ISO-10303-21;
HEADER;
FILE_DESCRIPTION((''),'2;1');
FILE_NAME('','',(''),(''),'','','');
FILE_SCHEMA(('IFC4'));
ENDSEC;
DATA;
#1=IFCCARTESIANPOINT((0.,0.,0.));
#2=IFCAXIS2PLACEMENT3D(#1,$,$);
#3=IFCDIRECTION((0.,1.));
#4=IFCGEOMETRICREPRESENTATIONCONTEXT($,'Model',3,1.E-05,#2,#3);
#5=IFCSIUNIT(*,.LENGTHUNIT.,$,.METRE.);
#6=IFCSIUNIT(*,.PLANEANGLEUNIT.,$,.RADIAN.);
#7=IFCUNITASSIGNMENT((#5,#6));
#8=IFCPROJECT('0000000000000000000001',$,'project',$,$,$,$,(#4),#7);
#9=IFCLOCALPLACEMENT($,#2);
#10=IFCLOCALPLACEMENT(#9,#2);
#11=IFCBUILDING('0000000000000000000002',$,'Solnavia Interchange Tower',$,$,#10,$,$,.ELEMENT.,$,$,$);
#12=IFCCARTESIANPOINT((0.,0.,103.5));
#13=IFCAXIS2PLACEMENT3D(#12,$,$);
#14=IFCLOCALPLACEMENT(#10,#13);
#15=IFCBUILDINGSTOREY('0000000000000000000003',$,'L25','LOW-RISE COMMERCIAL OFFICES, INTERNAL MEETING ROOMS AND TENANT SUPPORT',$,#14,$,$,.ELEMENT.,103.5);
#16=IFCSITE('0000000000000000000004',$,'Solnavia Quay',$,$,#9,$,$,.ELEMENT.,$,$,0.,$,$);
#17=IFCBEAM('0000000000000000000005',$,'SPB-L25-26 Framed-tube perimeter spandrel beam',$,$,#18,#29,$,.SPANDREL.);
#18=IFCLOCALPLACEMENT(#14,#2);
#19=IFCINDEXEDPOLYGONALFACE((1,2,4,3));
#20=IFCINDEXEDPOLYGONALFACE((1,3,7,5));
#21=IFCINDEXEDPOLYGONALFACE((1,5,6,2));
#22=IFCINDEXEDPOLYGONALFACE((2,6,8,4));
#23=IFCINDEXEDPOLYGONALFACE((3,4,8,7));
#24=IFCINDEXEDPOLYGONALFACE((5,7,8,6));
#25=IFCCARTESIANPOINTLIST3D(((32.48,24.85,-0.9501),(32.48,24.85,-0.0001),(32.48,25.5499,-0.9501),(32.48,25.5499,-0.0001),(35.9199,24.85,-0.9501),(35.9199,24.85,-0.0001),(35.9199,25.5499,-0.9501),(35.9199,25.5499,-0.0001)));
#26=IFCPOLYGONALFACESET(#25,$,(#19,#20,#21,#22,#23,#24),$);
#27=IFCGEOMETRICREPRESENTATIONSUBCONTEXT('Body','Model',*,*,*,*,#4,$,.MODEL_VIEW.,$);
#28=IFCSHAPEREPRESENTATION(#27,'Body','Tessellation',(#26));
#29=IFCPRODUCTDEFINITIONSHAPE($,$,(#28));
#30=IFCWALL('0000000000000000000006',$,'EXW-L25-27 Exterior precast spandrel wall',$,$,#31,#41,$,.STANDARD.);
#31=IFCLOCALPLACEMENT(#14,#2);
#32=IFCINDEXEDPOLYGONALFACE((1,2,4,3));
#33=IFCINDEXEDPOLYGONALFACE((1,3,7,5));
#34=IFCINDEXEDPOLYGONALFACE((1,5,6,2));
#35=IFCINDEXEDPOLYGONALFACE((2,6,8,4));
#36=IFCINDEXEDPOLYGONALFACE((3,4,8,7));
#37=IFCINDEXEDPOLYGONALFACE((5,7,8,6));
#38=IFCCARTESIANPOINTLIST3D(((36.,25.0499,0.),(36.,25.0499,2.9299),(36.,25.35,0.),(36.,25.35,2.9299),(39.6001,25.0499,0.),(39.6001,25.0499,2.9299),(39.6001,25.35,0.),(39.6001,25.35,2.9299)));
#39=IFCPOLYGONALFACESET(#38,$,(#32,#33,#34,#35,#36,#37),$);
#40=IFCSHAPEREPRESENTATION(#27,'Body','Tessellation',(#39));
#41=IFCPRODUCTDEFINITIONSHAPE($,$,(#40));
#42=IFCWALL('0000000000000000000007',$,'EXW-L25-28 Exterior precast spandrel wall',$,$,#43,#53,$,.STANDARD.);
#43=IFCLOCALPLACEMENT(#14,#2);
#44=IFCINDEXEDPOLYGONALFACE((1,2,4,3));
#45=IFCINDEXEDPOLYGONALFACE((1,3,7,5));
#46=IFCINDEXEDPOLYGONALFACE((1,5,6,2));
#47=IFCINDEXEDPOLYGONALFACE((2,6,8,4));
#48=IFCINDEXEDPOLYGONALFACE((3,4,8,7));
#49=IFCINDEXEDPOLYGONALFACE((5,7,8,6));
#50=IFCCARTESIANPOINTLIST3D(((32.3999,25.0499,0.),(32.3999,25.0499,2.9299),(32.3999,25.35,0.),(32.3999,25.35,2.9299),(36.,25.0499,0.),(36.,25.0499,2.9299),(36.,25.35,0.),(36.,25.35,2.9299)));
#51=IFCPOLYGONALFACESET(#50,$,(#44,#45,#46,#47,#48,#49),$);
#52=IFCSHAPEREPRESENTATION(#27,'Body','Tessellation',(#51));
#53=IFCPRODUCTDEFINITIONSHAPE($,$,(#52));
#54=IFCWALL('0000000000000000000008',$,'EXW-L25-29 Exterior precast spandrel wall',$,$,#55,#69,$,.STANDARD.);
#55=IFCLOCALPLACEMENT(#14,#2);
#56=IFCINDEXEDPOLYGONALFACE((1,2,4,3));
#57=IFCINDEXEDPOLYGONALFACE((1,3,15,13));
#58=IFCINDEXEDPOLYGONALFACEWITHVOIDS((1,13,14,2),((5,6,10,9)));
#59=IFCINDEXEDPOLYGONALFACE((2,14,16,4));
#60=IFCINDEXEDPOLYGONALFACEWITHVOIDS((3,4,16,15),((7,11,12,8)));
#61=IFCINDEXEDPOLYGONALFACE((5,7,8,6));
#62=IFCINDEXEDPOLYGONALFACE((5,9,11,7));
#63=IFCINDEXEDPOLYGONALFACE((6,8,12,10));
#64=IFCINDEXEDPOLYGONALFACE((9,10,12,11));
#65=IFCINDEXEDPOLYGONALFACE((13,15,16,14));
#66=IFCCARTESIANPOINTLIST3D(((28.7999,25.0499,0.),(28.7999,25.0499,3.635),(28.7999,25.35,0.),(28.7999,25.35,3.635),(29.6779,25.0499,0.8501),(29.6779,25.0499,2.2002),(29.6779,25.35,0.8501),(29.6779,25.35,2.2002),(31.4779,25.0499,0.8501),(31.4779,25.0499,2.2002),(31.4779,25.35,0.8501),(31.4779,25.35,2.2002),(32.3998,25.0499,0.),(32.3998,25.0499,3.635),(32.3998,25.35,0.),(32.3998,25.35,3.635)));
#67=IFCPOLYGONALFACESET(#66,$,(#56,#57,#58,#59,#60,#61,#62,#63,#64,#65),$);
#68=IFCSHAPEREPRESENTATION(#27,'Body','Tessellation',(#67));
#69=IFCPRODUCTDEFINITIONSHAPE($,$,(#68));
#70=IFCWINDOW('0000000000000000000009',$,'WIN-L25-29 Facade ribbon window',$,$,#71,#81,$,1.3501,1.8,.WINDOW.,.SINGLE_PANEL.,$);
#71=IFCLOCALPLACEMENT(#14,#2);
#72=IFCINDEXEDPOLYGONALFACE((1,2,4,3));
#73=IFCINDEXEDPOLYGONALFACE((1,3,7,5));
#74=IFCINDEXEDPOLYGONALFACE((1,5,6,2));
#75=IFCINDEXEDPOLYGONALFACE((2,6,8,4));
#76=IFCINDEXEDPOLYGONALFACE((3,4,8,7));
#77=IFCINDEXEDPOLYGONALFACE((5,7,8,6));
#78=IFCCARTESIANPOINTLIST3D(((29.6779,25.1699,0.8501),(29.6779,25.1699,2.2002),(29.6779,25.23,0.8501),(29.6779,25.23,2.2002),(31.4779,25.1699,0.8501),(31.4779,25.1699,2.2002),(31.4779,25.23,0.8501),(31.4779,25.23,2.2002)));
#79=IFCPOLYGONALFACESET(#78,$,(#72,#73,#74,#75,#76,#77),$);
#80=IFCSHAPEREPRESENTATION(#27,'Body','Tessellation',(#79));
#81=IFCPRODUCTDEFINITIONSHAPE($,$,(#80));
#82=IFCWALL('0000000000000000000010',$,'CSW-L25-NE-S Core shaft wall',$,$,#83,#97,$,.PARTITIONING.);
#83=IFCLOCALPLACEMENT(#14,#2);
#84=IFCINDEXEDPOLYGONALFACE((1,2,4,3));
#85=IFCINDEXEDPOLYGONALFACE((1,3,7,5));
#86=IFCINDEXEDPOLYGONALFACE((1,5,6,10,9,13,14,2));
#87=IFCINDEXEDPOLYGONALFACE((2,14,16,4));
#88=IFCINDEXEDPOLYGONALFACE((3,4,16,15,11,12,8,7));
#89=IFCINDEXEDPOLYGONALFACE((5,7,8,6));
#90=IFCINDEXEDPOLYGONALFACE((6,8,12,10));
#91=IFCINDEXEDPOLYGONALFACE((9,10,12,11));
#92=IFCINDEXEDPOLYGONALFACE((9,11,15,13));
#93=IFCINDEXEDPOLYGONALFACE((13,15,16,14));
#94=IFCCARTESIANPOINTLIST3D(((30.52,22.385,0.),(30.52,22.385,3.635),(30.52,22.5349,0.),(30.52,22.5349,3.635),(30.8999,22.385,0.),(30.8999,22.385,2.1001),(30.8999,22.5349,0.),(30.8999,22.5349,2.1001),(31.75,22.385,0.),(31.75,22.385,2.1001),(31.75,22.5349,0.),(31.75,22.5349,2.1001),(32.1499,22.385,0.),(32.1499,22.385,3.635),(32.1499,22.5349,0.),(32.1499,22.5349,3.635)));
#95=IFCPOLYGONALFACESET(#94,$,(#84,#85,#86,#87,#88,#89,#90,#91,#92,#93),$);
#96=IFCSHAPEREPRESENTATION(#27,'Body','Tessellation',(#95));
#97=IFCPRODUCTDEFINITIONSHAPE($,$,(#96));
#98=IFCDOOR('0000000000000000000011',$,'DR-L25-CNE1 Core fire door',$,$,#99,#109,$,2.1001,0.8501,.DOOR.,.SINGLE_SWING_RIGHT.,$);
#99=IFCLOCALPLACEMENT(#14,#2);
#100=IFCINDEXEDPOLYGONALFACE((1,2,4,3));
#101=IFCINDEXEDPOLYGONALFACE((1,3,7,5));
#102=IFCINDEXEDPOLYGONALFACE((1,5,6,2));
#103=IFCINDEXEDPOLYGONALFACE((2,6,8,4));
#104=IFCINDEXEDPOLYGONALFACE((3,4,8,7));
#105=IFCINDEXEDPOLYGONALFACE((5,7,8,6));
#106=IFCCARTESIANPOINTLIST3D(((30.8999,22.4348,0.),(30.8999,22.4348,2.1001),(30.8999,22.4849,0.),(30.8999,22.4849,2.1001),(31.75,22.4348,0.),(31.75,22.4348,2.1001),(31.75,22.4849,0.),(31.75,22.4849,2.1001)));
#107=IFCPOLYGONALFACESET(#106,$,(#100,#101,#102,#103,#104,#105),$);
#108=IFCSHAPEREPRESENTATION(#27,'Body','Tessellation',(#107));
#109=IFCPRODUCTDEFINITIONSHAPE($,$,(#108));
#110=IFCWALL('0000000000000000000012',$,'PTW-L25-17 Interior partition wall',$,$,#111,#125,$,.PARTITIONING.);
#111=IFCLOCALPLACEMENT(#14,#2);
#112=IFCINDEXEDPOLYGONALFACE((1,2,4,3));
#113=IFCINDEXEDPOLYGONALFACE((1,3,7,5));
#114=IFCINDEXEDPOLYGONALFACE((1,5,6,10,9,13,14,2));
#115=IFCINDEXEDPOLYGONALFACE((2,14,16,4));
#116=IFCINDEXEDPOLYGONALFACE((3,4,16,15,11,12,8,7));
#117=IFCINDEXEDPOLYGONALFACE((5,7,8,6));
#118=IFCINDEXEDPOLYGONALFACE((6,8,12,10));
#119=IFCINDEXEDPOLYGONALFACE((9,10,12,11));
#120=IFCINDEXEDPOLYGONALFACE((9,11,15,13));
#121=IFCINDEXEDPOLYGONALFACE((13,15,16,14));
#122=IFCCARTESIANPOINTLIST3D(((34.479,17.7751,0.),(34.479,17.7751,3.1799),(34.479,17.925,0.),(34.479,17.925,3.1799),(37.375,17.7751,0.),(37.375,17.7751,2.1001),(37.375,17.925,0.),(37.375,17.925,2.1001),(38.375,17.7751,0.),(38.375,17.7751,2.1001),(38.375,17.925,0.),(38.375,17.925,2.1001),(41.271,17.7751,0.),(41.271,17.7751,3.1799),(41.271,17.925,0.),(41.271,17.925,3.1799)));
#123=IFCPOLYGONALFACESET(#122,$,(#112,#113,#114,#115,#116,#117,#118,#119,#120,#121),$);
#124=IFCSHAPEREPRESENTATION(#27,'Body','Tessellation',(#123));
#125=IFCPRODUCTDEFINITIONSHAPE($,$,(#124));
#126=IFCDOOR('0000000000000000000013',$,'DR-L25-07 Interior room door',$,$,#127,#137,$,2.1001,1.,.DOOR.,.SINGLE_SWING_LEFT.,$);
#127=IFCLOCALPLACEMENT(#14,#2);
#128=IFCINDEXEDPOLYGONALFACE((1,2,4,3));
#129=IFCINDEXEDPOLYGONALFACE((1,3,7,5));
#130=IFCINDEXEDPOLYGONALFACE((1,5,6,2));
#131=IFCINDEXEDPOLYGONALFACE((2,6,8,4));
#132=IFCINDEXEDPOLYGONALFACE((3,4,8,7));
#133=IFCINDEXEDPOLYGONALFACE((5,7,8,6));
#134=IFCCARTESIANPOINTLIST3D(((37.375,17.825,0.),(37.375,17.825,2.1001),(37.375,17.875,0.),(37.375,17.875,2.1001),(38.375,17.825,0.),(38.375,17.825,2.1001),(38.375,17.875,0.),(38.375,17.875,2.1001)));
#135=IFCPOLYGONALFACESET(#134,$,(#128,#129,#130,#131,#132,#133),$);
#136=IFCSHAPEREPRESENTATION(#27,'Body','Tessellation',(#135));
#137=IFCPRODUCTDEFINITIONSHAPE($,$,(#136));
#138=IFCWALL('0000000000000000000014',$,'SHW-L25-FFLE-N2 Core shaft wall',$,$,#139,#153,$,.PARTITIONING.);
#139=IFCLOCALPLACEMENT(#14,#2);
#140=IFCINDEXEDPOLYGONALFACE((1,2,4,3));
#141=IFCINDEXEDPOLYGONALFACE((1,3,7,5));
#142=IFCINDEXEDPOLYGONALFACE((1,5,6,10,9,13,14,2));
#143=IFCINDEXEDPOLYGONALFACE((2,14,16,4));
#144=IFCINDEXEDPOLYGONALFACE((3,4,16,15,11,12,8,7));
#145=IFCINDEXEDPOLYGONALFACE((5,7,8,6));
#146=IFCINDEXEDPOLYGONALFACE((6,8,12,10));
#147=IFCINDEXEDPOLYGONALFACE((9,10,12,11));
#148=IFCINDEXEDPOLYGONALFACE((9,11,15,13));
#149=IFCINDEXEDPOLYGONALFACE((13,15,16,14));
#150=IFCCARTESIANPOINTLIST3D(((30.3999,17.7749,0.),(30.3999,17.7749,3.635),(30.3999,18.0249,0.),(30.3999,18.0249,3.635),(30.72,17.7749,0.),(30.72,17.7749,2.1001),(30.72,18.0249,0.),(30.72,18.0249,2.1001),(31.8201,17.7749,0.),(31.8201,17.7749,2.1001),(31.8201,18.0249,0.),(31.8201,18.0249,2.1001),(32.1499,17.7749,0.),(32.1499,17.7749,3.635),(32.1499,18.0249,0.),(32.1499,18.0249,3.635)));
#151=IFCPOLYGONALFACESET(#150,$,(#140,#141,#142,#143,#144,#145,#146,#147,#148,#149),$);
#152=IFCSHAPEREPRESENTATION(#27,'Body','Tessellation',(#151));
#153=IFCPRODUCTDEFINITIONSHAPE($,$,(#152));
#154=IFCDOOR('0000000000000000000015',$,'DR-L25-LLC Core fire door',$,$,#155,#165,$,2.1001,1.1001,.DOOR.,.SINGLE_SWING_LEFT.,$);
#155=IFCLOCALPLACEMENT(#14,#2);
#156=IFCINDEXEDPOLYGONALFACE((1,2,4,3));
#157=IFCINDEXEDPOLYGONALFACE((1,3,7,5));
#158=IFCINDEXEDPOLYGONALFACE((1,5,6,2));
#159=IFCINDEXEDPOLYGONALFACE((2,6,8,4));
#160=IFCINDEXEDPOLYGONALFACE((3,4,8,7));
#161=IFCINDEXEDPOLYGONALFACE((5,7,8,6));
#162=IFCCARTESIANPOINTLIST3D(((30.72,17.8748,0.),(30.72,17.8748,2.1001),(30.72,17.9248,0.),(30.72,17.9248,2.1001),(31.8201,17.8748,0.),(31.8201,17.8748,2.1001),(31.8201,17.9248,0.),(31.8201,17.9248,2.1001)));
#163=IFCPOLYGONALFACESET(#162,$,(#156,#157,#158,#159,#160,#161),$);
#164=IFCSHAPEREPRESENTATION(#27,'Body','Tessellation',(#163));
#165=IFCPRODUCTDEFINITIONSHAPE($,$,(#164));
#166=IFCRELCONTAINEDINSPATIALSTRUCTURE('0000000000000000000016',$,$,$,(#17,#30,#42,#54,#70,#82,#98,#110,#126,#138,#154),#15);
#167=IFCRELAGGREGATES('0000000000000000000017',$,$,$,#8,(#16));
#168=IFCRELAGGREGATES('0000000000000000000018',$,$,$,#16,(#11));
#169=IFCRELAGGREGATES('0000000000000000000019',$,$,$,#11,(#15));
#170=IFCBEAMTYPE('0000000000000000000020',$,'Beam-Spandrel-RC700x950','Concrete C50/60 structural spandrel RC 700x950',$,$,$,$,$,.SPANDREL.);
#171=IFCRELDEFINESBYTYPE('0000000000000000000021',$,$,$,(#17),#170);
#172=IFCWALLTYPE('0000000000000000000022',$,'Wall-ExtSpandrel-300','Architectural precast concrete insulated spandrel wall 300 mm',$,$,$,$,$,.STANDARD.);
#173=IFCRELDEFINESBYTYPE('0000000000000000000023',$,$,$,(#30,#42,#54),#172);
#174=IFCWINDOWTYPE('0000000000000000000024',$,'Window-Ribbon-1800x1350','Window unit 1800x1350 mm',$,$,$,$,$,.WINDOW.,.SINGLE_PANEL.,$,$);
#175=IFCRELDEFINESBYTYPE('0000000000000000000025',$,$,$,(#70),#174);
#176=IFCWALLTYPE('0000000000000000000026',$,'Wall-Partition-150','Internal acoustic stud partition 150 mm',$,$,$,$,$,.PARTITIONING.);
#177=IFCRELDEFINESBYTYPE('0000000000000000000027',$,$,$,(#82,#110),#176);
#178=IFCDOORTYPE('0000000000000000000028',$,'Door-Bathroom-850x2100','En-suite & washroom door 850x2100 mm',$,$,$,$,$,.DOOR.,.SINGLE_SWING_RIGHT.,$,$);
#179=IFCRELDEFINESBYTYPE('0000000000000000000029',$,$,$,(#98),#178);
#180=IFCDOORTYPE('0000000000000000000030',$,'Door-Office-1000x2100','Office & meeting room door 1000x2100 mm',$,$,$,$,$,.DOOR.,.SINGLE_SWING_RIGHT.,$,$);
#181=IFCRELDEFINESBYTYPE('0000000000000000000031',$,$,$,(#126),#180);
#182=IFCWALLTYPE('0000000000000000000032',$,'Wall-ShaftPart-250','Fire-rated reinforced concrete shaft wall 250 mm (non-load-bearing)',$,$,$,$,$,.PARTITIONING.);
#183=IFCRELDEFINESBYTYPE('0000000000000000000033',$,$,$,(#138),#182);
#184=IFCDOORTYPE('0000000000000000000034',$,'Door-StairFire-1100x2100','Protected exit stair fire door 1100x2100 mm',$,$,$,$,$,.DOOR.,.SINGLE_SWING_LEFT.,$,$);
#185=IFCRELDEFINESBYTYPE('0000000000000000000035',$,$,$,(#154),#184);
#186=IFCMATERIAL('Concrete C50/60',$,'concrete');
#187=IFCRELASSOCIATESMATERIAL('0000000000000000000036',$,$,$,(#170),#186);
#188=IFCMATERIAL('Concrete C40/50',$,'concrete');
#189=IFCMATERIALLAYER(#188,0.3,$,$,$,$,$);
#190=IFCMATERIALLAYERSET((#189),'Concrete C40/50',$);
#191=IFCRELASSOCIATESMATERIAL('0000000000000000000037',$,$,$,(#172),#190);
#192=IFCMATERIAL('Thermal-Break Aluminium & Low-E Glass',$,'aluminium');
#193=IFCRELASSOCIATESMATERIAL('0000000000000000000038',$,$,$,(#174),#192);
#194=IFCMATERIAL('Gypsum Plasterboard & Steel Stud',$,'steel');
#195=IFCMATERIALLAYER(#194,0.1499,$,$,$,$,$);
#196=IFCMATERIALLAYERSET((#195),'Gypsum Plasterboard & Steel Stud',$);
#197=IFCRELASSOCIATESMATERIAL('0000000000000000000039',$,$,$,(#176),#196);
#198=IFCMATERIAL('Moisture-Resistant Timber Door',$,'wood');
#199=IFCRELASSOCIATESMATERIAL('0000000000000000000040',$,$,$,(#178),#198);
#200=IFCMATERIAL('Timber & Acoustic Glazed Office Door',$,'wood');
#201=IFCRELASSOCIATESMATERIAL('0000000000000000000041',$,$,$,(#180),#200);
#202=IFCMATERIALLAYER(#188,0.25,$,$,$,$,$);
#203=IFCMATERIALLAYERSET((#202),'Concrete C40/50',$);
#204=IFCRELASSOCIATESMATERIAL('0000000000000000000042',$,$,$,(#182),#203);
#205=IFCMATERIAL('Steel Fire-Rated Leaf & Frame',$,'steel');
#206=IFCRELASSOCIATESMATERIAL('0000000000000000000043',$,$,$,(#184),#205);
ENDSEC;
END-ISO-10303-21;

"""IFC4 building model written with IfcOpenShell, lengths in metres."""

from ifc_helpers import new_model, si_unit, direction, frame, frame_2d, origin, origin_2d, place, context, subcontext, project, spatial, rectangle, extrude, material, layer, layer_set, material_profile, profile_set, type_object, element, fill, save


model = new_model("IFC4")

# Units and contexts
model_context = context("Model", 3, precision=1e-05, world=origin(), true_north=direction((0.0, 1.0)))
body_context = subcontext(model_context, "Body", "Model", "MODEL_VIEW")
ifc_project = project(units=[si_unit("LENGTHUNIT", "METRE"), si_unit("PLANEANGLEUNIT", "RADIAN")], contexts=[model_context])

# Site, building, storey
site_placement = place(None, origin())
site = spatial("IfcSite", under=ifc_project, at=site_placement, Name="Solnavia Quay", CompositionType="ELEMENT", RefElevation=0.0)
building_placement = place(site_placement, origin())
building = spatial("IfcBuilding", under=site, at=building_placement, Name="Solnavia Interchange Tower", CompositionType="ELEMENT")
storey_placement = place(building_placement, frame((0.0, 0.0, 103.5)))
storey = spatial("IfcBuildingStorey", under=building, at=storey_placement, Name="L25", Description="LOW-RISE COMMERCIAL OFFICES, INTERNAL MEETING ROOMS AND TENANT SUPPORT", CompositionType="ELEMENT", Elevation=103.5)

# Shared definitions
ifc_material_1 = material(Name="Concrete C50/60", Category="concrete")

# Beam
ifc_material_profile_1 = material_profile(ifc_material_1, rectangle(XDim=0.7, YDim=0.95, at=origin_2d()), Name="RC 700x950")
ifc_profile_set_1 = profile_set([ifc_material_profile_1], Name="Concrete C50/60")
beam_type_1 = type_object("IfcBeamType", Name="Beam-Spandrel-RC700x950", Description="Concrete C50/60 structural spandrel RC 700x950", PredefinedType="SPANDREL", material=ifc_profile_set_1)
beam_1_placement = place(storey_placement, frame((35.9199, 25.2, -0.4751), z_axis=(-1.0, 0.0, 0.0), x_axis=(0.0, -1.0, 0.0)))
element("IfcBeam", 1, at=beam_1_placement, inside=storey, type_object=beam_type_1, Name="SPB-L25-26 Framed-tube perimeter spandrel beam", PredefinedType="SPANDREL", context=body_context, shape_type="SweptSolid", body=[
    extrude(rectangle(XDim=0.7, YDim=0.95, at=origin_2d()), origin(), (0.0, 0.0, 1.0), 3.4399),
])

# Walls
ifc_material_2 = material(Name="Concrete C40/50", Category="concrete")
ifc_layer_1 = layer(ifc_material_2, 0.3)
ifc_layer_set_1 = layer_set([ifc_layer_1], Name="Concrete C40/50")
wall_type_1 = type_object("IfcWallType", Name="Wall-ExtSpandrel-300", Description="Architectural precast concrete insulated spandrel wall 300 mm", PredefinedType="STANDARD", material=ifc_layer_set_1)
for number, where, z_axis, x_axis, name in (
    (2, (36.0, 25.2, 0.0), (0.0, 0.0, 1.0), (1.0, 0.0, 0.0), "EXW-L25-27 Exterior precast spandrel wall"),
    (3, (32.3999, 25.2, 0.0), (0.0, 0.0, 1.0), (1.0, 0.0, 0.0), "EXW-L25-28 Exterior precast spandrel wall"),
):
    element("IfcWall", number, at=place(storey_placement, frame(where, z_axis=z_axis, x_axis=x_axis)), inside=storey, type_object=wall_type_1, Name=name, PredefinedType="STANDARD", context=body_context, shape_type="SweptSolid", body=[
        extrude(rectangle(XDim=3.6001, YDim=0.3, at=frame_2d((1.8, 0.0))), origin(), (0.0, 0.0, 1.0), 2.9299),
    ])

# Wall, opening, window
wall_1_placement = place(storey_placement, frame((28.8, 25.2, 0.0), z_axis=(0.0, 0.0, 1.0), x_axis=(1.0, 0.0, 0.0)))
wall_1 = element("IfcWall", 4, at=wall_1_placement, inside=storey, type_object=wall_type_1, Name="EXW-L25-29 Exterior precast spandrel wall", PredefinedType="STANDARD", context=body_context, shape_type="SweptSolid", body=[
    extrude(rectangle(XDim=3.5999, YDim=0.3, at=frame_2d((1.7998, 0.0))), origin(), (0.0, 0.0, 1.0), 3.635),
])
opening_1_placement = place(wall_1_placement, frame((0.8779, 0.0, 0.8501)))
opening_1 = element("IfcOpeningElement", 5, at=opening_1_placement, cuts=wall_1, PredefinedType="OPENING", context=body_context, shape_type="SweptSolid", body=[
    extrude(rectangle(XDim=1.8, YDim=1.3501, at=frame_2d((0.8999, 0.675))), frame((0.0, 0.1602, 0.0), z_axis=(0.0, -1.0, 0.0), x_axis=(1.0, 0.0, 0.0)), (0.0, 0.0, 1.0), 0.3201),
])
ifc_material_3 = material(Name="Thermal-Break Aluminium & Low-E Glass", Category="aluminium")
window_type = type_object("IfcWindowType", Name="Window-Ribbon-1800x1350", Description="Window unit 1800x1350 mm", PartitioningType="SINGLE_PANEL", PredefinedType="WINDOW", material=ifc_material_3)
window_placement = place(opening_1_placement, origin())
window = element("IfcWindow", 6, at=window_placement, inside=storey, type_object=window_type, Name="WIN-L25-29 Facade ribbon window", OverallHeight=1.3501, OverallWidth=1.8, PartitioningType="SINGLE_PANEL", PredefinedType="WINDOW", context=body_context, shape_type="SweptSolid", body=[
    extrude(rectangle(XDim=1.8, YDim=1.3501, at=frame_2d((0.8999, 0.675))), frame((0.0, 0.03, 0.0), z_axis=(0.0, -1.0, 0.0), x_axis=(1.0, 0.0, 0.0)), (0.0, 0.0, 1.0), 0.0601),
])
fill(opening_1, window)

# Walls, openings, doors
ifc_material_4 = material(Name="Gypsum Plasterboard & Steel Stud", Category="steel")
ifc_layer_2 = layer(ifc_material_4, 0.1499)
ifc_layer_set_2 = layer_set([ifc_layer_2], Name="Gypsum Plasterboard & Steel Stud")
wall_type_2 = type_object("IfcWallType", Name="Wall-Partition-150", Description="Internal acoustic stud partition 150 mm", PredefinedType="PARTITIONING", material=ifc_layer_set_2)
wall_2_placement = place(storey_placement, frame((30.52, 22.46, 0.0), z_axis=(0.0, 0.0, 1.0), x_axis=(1.0, 0.0, 0.0)))
wall_2 = element("IfcWall", 7, at=wall_2_placement, inside=storey, type_object=wall_type_2, Name="CSW-L25-NE-S Core shaft wall", PredefinedType="PARTITIONING", context=body_context, shape_type="SweptSolid", body=[
    extrude(rectangle(XDim=1.6299, YDim=0.1499, at=frame_2d((0.8149, 0.0))), origin(), (0.0, 0.0, 1.0), 3.635),
])
opening_2_placement = place(wall_2_placement, frame((0.3799, 0.0, 0.0)))
opening_2 = element("IfcOpeningElement", 8, at=opening_2_placement, cuts=wall_2, PredefinedType="OPENING", context=body_context, shape_type="SweptSolid", body=[
    extrude(rectangle(XDim=0.8501, YDim=2.1001, at=frame_2d((0.425, 1.05))), frame((0.0, 0.085, 0.0), z_axis=(0.0, -1.0, 0.0), x_axis=(1.0, 0.0, 0.0)), (0.0, 0.0, 1.0), 0.1699),
])
ifc_material_5 = material(Name="Moisture-Resistant Timber Door", Category="wood")
door_type_1 = type_object("IfcDoorType", Name="Door-Bathroom-850x2100", Description="En-suite & washroom door 850x2100 mm", OperationType="SINGLE_SWING_RIGHT", PredefinedType="DOOR", material=ifc_material_5)
door_1_placement = place(opening_2_placement, origin())
door_1 = element("IfcDoor", 9, at=door_1_placement, inside=storey, type_object=door_type_1, Name="DR-L25-CNE1 Core fire door", OperationType="SINGLE_SWING_RIGHT", OverallHeight=2.1001, OverallWidth=0.8501, PredefinedType="DOOR", context=body_context, shape_type="SweptSolid", body=[
    extrude(rectangle(XDim=0.8501, YDim=2.1001, at=frame_2d((0.425, 1.05))), frame((0.0, 0.0249, 0.0), z_axis=(0.0, -1.0, 0.0), x_axis=(1.0, 0.0, 0.0)), (0.0, 0.0, 1.0), 0.05),
])
fill(opening_2, door_1)
wall_3_placement = place(storey_placement, frame((34.479, 17.8501, 0.0), z_axis=(0.0, 0.0, 1.0), x_axis=(1.0, 0.0, 0.0)))
wall_3 = element("IfcWall", 10, at=wall_3_placement, inside=storey, type_object=wall_type_2, Name="PTW-L25-17 Interior partition wall", PredefinedType="PARTITIONING", context=body_context, shape_type="SweptSolid", body=[
    extrude(rectangle(XDim=6.792, YDim=0.1499, at=frame_2d((3.396, 0.0))), origin(), (0.0, 0.0, 1.0), 3.1799),
])
opening_3_placement = place(wall_3_placement, frame((2.896, 0.0, 0.0)))
opening_3 = element("IfcOpeningElement", 11, at=opening_3_placement, cuts=wall_3, PredefinedType="OPENING", context=body_context, shape_type="SweptSolid", body=[
    extrude(rectangle(XDim=1.0, YDim=2.1001, at=frame_2d((0.5, 1.05))), frame((0.0, 0.085, 0.0), z_axis=(0.0, -1.0, 0.0), x_axis=(1.0, 0.0, 0.0)), (0.0, 0.0, 1.0), 0.1699),
])
ifc_material_6 = material(Name="Timber & Acoustic Glazed Office Door", Category="wood")
door_type_2 = type_object("IfcDoorType", Name="Door-Office-1000x2100", Description="Office & meeting room door 1000x2100 mm", OperationType="SINGLE_SWING_RIGHT", PredefinedType="DOOR", material=ifc_material_6)
door_2_placement = place(opening_3_placement, origin())
door_2 = element("IfcDoor", 12, at=door_2_placement, inside=storey, type_object=door_type_2, Name="DR-L25-07 Interior room door", OperationType="SINGLE_SWING_LEFT", OverallHeight=2.1001, OverallWidth=1.0, PredefinedType="DOOR", context=body_context, shape_type="SweptSolid", body=[
    extrude(rectangle(XDim=1.0, YDim=2.1001, at=frame_2d((0.5, 1.05))), frame((0.0, 0.0249, 0.0), z_axis=(0.0, -1.0, 0.0), x_axis=(1.0, 0.0, 0.0)), (0.0, 0.0, 1.0), 0.05),
])
fill(opening_3, door_2)
ifc_layer_3 = layer(ifc_material_2, 0.25)
ifc_layer_set_3 = layer_set([ifc_layer_3], Name="Concrete C40/50")
wall_type_3 = type_object("IfcWallType", Name="Wall-ShaftPart-250", Description="Fire-rated reinforced concrete shaft wall 250 mm (non-load-bearing)", PredefinedType="PARTITIONING", material=ifc_layer_set_3)
wall_4_placement = place(storey_placement, frame((30.3999, 17.8999, 0.0), z_axis=(0.0, 0.0, 1.0), x_axis=(1.0, 0.0, 0.0)))
wall_4 = element("IfcWall", 13, at=wall_4_placement, inside=storey, type_object=wall_type_3, Name="SHW-L25-FFLE-N2 Core shaft wall", PredefinedType="PARTITIONING", context=body_context, shape_type="SweptSolid", body=[
    extrude(rectangle(XDim=1.75, YDim=0.25, at=frame_2d((0.875, 0.0))), origin(), (0.0, 0.0, 1.0), 3.635),
])
opening_4_placement = place(wall_4_placement, frame((0.3201, 0.0, 0.0)))
opening_4 = element("IfcOpeningElement", 14, at=opening_4_placement, cuts=wall_4, PredefinedType="OPENING", context=body_context, shape_type="SweptSolid", body=[
    extrude(rectangle(XDim=1.1001, YDim=2.1001, at=frame_2d((0.55, 1.05))), frame((0.0, 0.135, 0.0), z_axis=(0.0, -1.0, 0.0), x_axis=(1.0, 0.0, 0.0)), (0.0, 0.0, 1.0), 0.27),
])
ifc_material_7 = material(Name="Steel Fire-Rated Leaf & Frame", Category="steel")
door_type_3 = type_object("IfcDoorType", Name="Door-StairFire-1100x2100", Description="Protected exit stair fire door 1100x2100 mm", OperationType="SINGLE_SWING_LEFT", PredefinedType="DOOR", material=ifc_material_7)
door_3_placement = place(opening_4_placement, origin())
door_3 = element("IfcDoor", 15, at=door_3_placement, inside=storey, type_object=door_type_3, Name="DR-L25-LLC Core fire door", OperationType="SINGLE_SWING_LEFT", OverallHeight=2.1001, OverallWidth=1.1001, PredefinedType="DOOR", context=body_context, shape_type="SweptSolid", body=[
    extrude(rectangle(XDim=1.1001, YDim=2.1001, at=frame_2d((0.55, 1.05))), frame((0.0, 0.0249, 0.0), z_axis=(0.0, -1.0, 0.0), x_axis=(1.0, 0.0, 0.0)), (0.0, 0.0, 1.0), 0.05),
])
fill(opening_4, door_3)

save(model, "model.ifc")
